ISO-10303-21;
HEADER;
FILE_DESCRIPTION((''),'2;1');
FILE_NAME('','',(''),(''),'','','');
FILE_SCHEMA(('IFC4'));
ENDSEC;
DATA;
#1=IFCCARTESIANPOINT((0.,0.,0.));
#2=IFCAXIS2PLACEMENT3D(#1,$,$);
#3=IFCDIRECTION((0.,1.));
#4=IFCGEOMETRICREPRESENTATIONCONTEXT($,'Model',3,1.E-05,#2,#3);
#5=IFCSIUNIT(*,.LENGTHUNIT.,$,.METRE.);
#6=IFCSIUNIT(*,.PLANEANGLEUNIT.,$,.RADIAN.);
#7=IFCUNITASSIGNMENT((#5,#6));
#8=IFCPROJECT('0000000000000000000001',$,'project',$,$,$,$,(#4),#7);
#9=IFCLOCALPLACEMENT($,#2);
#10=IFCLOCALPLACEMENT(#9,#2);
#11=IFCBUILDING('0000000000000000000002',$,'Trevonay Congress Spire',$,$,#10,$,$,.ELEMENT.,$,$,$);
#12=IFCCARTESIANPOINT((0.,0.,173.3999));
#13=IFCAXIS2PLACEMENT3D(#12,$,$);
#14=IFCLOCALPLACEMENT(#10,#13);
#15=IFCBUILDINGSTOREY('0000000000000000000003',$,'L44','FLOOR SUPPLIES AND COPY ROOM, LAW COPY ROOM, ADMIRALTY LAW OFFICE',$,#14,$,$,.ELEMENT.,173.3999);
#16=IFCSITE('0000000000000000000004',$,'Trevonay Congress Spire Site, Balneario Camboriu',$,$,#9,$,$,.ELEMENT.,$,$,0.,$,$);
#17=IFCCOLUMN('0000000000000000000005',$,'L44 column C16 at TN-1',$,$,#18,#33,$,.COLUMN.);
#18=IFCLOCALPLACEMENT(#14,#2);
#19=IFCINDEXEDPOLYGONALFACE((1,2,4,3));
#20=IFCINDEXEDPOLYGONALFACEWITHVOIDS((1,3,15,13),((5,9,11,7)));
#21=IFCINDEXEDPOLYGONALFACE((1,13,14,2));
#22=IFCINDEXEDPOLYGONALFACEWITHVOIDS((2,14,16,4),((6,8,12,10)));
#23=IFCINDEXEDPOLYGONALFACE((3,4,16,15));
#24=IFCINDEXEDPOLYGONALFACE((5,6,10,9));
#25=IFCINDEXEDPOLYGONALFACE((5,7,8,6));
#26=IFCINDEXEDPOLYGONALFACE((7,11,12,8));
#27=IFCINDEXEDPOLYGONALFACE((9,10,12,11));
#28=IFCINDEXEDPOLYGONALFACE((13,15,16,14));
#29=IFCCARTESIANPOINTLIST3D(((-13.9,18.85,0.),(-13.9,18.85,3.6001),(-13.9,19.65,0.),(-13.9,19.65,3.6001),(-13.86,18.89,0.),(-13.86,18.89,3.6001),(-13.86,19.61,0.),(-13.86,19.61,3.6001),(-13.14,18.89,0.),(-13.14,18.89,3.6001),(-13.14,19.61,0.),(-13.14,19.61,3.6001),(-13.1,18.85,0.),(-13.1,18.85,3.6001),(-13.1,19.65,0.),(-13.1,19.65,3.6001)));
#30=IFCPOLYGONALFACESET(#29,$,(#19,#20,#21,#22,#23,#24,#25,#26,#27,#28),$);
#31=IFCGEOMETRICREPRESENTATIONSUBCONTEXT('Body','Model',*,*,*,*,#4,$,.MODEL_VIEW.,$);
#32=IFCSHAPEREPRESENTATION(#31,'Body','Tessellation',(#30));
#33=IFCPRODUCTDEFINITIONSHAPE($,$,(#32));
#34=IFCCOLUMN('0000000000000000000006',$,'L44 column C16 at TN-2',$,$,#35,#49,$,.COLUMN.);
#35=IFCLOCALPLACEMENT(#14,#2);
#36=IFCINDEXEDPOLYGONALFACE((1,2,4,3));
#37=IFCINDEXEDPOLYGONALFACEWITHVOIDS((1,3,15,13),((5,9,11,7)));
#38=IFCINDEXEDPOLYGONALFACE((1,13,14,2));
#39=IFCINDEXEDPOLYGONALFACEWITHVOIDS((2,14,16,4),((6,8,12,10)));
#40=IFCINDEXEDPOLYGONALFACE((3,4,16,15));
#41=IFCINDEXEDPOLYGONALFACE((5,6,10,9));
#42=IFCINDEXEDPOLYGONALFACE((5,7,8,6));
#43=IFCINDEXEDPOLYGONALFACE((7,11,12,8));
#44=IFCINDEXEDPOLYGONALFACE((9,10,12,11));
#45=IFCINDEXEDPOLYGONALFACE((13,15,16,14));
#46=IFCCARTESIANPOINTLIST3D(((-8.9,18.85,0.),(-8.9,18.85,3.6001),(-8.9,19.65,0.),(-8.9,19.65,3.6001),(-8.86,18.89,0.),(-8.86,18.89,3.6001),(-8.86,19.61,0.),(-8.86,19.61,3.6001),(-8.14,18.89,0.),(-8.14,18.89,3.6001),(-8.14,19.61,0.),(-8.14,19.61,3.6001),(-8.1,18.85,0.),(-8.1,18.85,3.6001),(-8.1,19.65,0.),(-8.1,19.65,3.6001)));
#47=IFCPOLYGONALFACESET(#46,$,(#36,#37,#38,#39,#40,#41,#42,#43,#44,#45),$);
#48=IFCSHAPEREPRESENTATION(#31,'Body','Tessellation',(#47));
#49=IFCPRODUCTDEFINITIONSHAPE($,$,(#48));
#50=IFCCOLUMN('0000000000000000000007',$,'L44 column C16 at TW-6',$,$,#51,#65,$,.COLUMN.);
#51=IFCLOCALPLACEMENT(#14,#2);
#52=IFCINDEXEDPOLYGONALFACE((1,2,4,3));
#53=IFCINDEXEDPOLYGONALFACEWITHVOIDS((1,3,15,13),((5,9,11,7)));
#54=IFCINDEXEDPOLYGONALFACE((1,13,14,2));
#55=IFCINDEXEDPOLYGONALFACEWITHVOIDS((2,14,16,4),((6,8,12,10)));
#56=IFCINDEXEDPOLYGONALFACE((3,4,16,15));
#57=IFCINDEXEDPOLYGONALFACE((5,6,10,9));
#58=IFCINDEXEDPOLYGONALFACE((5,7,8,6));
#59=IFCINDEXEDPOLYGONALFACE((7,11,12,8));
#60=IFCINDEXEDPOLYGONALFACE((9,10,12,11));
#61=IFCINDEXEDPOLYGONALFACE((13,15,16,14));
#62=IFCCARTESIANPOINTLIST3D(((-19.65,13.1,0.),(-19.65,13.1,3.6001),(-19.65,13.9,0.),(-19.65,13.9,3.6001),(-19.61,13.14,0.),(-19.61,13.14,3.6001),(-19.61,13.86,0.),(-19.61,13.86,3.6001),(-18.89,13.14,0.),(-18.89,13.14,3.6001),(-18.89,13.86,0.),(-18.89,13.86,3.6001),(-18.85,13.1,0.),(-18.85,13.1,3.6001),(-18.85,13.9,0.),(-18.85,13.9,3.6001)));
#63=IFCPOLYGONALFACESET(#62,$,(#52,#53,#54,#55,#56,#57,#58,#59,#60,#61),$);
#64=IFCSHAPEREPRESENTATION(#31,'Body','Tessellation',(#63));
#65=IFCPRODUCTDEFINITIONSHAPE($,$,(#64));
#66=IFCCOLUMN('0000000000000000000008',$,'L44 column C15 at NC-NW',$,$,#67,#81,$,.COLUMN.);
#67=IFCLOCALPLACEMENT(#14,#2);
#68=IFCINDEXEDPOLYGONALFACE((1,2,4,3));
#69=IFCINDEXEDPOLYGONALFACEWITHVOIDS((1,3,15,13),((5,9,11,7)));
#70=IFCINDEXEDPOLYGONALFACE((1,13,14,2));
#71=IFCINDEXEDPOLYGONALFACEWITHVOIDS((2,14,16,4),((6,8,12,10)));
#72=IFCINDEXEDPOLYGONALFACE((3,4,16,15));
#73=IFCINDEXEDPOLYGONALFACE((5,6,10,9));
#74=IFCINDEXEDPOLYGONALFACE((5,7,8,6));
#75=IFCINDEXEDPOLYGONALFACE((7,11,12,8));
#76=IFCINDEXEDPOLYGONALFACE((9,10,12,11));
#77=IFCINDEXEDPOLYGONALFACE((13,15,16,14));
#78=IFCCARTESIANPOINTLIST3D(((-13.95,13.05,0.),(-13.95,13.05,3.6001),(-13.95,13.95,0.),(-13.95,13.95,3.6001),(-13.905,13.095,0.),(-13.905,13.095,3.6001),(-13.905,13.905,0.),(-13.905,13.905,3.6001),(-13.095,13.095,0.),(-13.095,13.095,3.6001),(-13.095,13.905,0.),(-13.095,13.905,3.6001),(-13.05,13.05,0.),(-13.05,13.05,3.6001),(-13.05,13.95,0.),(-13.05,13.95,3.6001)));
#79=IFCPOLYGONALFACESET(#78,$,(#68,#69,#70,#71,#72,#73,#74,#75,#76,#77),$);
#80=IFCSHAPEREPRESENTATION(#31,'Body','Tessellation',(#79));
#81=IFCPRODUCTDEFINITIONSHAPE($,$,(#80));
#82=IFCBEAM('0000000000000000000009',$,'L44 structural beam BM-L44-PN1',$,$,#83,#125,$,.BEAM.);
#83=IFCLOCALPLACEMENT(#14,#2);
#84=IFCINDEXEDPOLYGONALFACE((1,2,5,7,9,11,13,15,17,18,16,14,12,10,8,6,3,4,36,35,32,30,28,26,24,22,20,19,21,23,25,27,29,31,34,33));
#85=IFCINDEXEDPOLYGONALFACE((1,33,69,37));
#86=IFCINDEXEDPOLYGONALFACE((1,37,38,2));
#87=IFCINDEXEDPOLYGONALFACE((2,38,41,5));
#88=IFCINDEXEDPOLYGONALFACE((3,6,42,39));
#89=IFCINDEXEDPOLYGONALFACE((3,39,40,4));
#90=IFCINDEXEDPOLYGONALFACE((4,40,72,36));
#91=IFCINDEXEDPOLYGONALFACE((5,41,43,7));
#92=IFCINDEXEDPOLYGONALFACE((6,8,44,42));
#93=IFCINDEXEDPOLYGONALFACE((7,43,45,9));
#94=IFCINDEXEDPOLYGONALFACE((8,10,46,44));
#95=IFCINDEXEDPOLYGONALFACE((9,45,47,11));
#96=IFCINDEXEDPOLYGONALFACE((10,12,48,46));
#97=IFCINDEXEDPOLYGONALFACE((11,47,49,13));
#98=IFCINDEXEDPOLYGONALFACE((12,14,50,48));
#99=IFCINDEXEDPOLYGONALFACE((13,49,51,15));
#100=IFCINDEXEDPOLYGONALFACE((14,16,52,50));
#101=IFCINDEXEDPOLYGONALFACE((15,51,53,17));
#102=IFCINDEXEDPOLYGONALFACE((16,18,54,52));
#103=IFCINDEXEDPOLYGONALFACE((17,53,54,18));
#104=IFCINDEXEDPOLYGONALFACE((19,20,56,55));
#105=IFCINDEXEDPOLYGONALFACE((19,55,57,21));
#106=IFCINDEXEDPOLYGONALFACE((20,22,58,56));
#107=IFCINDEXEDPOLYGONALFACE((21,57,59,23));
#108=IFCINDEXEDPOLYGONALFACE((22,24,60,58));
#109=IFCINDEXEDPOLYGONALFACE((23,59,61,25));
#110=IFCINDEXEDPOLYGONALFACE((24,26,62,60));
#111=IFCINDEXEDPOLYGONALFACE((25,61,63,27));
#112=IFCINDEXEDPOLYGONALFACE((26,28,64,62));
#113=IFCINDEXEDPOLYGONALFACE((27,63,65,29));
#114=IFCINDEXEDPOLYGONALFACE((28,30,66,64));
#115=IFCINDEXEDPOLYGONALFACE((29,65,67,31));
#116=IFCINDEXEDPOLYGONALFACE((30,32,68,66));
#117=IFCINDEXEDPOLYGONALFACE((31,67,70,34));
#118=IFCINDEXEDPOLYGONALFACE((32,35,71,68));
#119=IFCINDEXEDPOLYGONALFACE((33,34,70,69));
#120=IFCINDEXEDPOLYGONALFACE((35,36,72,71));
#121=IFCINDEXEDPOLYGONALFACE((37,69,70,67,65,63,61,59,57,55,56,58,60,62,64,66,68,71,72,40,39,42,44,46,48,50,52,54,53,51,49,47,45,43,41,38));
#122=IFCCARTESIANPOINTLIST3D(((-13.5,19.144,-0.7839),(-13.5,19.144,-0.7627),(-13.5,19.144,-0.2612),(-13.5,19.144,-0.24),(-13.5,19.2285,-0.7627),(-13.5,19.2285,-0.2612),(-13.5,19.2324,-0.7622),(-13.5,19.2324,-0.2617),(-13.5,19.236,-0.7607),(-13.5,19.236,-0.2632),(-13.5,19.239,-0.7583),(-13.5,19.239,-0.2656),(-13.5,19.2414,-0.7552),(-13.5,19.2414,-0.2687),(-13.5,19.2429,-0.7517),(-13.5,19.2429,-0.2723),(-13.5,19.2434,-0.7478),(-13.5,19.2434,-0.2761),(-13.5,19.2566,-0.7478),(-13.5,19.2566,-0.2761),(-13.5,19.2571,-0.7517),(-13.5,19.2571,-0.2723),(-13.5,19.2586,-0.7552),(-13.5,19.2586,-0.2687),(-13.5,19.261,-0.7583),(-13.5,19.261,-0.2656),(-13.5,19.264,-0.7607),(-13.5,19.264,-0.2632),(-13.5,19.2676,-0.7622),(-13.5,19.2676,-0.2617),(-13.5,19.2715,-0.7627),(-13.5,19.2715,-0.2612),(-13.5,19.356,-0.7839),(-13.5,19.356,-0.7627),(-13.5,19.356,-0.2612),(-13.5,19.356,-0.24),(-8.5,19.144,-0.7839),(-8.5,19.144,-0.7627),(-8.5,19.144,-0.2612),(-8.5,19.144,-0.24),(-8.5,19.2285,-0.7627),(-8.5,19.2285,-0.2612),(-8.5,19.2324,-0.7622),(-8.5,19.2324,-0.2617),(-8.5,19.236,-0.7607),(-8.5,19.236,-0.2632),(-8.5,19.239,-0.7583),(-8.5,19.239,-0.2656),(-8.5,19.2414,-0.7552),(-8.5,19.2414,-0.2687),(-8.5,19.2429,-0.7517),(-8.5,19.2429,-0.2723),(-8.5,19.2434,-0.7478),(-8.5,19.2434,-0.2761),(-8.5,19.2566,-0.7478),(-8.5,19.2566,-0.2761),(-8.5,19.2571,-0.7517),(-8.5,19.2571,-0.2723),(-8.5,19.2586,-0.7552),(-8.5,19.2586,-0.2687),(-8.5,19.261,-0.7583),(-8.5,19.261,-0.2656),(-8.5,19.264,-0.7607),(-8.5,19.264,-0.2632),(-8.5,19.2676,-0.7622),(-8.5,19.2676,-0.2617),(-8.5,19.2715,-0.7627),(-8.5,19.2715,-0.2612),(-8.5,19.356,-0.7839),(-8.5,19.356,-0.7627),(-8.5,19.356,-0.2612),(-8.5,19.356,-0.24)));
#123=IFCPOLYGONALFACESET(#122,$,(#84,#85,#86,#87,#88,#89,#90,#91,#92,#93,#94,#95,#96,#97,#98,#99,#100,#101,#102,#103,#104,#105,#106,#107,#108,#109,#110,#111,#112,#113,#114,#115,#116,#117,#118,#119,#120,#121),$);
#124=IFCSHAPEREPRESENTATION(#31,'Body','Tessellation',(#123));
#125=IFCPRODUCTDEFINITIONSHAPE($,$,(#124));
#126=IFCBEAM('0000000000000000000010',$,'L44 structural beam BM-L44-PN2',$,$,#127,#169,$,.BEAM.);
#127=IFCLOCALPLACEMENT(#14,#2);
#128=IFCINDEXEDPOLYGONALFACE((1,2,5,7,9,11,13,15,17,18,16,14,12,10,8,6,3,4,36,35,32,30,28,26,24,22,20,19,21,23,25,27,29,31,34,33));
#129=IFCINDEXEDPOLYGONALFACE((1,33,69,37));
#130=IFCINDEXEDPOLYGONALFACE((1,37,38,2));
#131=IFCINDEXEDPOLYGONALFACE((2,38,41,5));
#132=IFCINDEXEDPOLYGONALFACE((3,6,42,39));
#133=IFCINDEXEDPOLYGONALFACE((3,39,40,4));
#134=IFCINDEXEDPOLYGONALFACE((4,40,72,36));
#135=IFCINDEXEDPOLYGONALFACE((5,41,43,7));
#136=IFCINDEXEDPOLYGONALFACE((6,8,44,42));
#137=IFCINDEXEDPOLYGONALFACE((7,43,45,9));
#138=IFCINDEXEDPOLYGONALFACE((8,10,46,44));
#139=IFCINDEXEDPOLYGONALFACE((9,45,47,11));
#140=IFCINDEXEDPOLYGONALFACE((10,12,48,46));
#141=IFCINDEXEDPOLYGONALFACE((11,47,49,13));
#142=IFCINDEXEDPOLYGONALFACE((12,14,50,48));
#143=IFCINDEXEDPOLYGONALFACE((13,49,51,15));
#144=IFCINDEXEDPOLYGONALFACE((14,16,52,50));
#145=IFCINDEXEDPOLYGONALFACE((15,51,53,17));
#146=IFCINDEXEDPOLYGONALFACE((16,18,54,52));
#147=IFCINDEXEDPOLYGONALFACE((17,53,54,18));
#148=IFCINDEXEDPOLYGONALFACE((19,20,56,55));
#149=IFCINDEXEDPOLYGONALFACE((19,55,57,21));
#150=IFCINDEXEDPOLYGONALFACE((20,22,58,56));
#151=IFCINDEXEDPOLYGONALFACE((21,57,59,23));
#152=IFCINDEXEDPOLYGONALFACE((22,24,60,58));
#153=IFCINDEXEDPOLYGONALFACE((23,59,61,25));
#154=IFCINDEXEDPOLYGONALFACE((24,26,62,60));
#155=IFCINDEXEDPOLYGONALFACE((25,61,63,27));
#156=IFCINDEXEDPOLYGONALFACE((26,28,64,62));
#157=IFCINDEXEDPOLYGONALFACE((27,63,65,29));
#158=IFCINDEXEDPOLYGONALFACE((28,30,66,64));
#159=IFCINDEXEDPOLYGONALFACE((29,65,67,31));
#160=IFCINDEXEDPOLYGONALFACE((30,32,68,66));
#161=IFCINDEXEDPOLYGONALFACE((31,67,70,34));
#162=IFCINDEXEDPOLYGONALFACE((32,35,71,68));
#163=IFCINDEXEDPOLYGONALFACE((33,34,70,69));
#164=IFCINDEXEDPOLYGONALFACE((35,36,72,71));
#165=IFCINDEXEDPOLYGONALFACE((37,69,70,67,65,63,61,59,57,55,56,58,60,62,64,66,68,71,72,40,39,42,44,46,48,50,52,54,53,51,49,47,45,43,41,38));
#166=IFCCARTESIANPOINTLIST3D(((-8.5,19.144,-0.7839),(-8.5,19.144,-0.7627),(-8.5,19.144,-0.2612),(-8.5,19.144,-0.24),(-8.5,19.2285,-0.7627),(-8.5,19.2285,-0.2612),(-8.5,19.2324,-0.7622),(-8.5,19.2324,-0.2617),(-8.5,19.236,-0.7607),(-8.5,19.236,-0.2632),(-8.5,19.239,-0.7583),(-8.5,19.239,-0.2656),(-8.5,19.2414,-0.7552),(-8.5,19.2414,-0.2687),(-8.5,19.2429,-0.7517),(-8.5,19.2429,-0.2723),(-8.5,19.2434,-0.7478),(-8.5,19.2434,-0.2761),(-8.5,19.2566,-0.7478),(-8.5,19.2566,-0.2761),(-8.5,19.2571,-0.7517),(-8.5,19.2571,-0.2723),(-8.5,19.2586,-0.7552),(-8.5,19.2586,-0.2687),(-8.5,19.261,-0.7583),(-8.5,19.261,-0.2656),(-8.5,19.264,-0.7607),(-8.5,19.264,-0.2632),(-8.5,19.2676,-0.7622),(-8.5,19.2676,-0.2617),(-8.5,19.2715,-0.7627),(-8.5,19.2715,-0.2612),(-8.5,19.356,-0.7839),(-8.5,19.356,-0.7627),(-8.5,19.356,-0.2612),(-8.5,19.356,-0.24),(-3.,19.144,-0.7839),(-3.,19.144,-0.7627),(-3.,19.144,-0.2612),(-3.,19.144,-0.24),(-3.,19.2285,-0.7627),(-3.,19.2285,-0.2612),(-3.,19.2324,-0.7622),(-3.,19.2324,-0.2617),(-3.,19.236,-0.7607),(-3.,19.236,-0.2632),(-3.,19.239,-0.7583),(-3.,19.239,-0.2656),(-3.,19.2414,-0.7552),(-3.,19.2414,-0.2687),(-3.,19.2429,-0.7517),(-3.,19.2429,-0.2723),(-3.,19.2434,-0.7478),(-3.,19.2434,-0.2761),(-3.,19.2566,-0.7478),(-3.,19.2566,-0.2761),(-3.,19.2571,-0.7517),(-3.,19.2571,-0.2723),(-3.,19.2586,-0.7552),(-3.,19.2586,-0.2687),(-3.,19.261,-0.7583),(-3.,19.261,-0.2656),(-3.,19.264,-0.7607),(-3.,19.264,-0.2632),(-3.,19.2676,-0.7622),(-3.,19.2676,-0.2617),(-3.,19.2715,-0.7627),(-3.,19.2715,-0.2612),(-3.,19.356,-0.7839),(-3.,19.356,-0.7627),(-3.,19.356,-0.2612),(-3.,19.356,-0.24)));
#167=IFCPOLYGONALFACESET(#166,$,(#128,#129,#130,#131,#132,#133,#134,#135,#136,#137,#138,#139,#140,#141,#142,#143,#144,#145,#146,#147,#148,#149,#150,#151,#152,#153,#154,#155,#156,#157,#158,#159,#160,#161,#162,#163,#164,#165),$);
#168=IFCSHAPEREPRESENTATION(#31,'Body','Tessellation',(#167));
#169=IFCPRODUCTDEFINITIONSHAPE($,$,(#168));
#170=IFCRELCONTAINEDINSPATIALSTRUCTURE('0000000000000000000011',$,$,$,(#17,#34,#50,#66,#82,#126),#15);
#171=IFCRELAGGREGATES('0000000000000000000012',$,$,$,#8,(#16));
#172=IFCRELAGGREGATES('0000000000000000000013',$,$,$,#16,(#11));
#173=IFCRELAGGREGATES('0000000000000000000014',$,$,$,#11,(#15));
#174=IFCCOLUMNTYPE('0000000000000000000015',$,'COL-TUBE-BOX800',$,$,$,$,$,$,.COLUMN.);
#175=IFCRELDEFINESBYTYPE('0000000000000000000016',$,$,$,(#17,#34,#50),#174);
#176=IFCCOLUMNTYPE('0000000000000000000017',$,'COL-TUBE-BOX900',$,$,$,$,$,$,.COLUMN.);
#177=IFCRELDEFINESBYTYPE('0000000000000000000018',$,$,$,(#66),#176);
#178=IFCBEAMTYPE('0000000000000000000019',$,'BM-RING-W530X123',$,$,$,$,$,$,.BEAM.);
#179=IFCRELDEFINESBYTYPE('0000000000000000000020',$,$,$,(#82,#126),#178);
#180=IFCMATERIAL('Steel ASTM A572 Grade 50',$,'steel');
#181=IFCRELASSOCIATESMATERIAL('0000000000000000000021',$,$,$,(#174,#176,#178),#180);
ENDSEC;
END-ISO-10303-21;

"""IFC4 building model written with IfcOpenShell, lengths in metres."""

from ifc_helpers import new_model, si_unit, direction, frame, origin, origin_2d, place, context, subcontext, project, spatial, hollow_rectangle, i_section, extrude, material, material_profile, profile_set, type_object, element, save


model = new_model("IFC4")

# Units and contexts
model_context = context("Model", 3, precision=1e-05, world=origin(), true_north=direction((0.0, 1.0)))
body_context = subcontext(model_context, "Body", "Model", "MODEL_VIEW")
ifc_project = project(units=[si_unit("LENGTHUNIT", "METRE"), si_unit("PLANEANGLEUNIT", "RADIAN")], contexts=[model_context])

# Site, building, storey
site_placement = place(None, origin())
site = spatial("IfcSite", under=ifc_project, at=site_placement, Name="Trevonay Congress Spire Site, Balneario Camboriu", CompositionType="ELEMENT", RefElevation=0.0)
building_placement = place(site_placement, origin())
building = spatial("IfcBuilding", under=site, at=building_placement, Name="Trevonay Congress Spire", CompositionType="ELEMENT")
storey_placement = place(building_placement, frame((0.0, 0.0, 173.3999)))
storey = spatial("IfcBuildingStorey", under=building, at=storey_placement, Name="L44", Description="FLOOR SUPPLIES AND COPY ROOM, LAW COPY ROOM, ADMIRALTY LAW OFFICE", CompositionType="ELEMENT", Elevation=173.3999)

# Columns
ifc_material_1 = material(Name="Steel ASTM A572 Grade 50", Category="steel")
ifc_material_profile_1 = material_profile(ifc_material_1, hollow_rectangle(XDim=0.8, YDim=0.8, WallThickness=0.04, at=origin_2d()), Name="BOX 800x800x40")
ifc_profile_set_1 = profile_set([ifc_material_profile_1], Name="Steel ASTM A572 Grade 50")
column_type_1 = type_object("IfcColumnType", Name="COL-TUBE-BOX800", PredefinedType="COLUMN", material=ifc_profile_set_1)
for number, where, z_axis, x_axis, name in (
    (1, (-13.5, 19.25, 0.0), (0.0, 0.0, 1.0), (1.0, 0.0, 0.0), "L44 column C16 at TN-1"),
    (2, (-8.5, 19.25, 0.0), (0.0, 0.0, 1.0), (1.0, 0.0, 0.0), "L44 column C16 at TN-2"),
    (3, (-19.25, 13.5, 0.0), (0.0, 0.0, 1.0), (1.0, 0.0, 0.0), "L44 column C16 at TW-6"),
):
    element("IfcColumn", number, at=place(storey_placement, frame(where, z_axis=z_axis, x_axis=x_axis)), inside=storey, type_object=column_type_1, Name=name, PredefinedType="COLUMN", context=body_context, shape_type="SweptSolid", body=[
        extrude(hollow_rectangle(XDim=0.8, YDim=0.8, WallThickness=0.04, at=origin_2d()), origin(), (0.0, 0.0, 1.0), 3.6001),
    ])
ifc_material_profile_2 = material_profile(ifc_material_1, hollow_rectangle(XDim=0.8999, YDim=0.8999, WallThickness=0.0449, at=origin_2d()), Name="BOX 900x900x45")
ifc_profile_set_2 = profile_set([ifc_material_profile_2], Name="Steel ASTM A572 Grade 50")
column_type_2 = type_object("IfcColumnType", Name="COL-TUBE-BOX900", PredefinedType="COLUMN", material=ifc_profile_set_2)
column_placement = place(storey_placement, frame((-13.5, 13.5, 0.0), z_axis=(0.0, 0.0, 1.0), x_axis=(1.0, 0.0, 0.0)))
element("IfcColumn", 4, at=column_placement, inside=storey, type_object=column_type_2, Name="L44 column C15 at NC-NW", PredefinedType="COLUMN", context=body_context, shape_type="SweptSolid", body=[
    extrude(hollow_rectangle(XDim=0.8999, YDim=0.8999, WallThickness=0.0449, at=origin_2d()), origin(), (0.0, 0.0, 1.0), 3.6001),
])

# Beams
ifc_material_profile_3 = material_profile(ifc_material_1, i_section(OverallWidth=0.2119, OverallDepth=0.5439, WebThickness=0.0132, FlangeThickness=0.0212, FilletRadius=0.0149, at=origin_2d()), Name="W530x123")
ifc_profile_set_3 = profile_set([ifc_material_profile_3], Name="Steel ASTM A572 Grade 50")
beam_type_1 = type_object("IfcBeamType", Name="BM-RING-W530X123", PredefinedType="BEAM", material=ifc_profile_set_3)
beam_1_placement = place(storey_placement, frame((-13.5, 19.25, -0.512), z_axis=(1.0, 0.0, 0.0), x_axis=(0.0, 1.0, 0.0)))
element("IfcBeam", 5, at=beam_1_placement, inside=storey, type_object=beam_type_1, Name="L44 structural beam BM-L44-PN1", PredefinedType="BEAM", context=body_context, shape_type="SweptSolid", body=[
    extrude(i_section(OverallWidth=0.2119, OverallDepth=0.5439, WebThickness=0.0132, FlangeThickness=0.0212, FilletRadius=0.0149, at=origin_2d()), origin(), (0.0, 0.0, 1.0), 5.0),
])
beam_2_placement = place(storey_placement, frame((-8.5, 19.25, -0.512), z_axis=(1.0, 0.0, 0.0), x_axis=(0.0, 1.0, 0.0)))
element("IfcBeam", 6, at=beam_2_placement, inside=storey, type_object=beam_type_1, Name="L44 structural beam BM-L44-PN2", PredefinedType="BEAM", context=body_context, shape_type="SweptSolid", body=[
    extrude(i_section(OverallWidth=0.2119, OverallDepth=0.5439, WebThickness=0.0132, FlangeThickness=0.0212, FilletRadius=0.0149, at=origin_2d()), origin(), (0.0, 0.0, 1.0), 5.5),
])

save(model, "model.ifc")
